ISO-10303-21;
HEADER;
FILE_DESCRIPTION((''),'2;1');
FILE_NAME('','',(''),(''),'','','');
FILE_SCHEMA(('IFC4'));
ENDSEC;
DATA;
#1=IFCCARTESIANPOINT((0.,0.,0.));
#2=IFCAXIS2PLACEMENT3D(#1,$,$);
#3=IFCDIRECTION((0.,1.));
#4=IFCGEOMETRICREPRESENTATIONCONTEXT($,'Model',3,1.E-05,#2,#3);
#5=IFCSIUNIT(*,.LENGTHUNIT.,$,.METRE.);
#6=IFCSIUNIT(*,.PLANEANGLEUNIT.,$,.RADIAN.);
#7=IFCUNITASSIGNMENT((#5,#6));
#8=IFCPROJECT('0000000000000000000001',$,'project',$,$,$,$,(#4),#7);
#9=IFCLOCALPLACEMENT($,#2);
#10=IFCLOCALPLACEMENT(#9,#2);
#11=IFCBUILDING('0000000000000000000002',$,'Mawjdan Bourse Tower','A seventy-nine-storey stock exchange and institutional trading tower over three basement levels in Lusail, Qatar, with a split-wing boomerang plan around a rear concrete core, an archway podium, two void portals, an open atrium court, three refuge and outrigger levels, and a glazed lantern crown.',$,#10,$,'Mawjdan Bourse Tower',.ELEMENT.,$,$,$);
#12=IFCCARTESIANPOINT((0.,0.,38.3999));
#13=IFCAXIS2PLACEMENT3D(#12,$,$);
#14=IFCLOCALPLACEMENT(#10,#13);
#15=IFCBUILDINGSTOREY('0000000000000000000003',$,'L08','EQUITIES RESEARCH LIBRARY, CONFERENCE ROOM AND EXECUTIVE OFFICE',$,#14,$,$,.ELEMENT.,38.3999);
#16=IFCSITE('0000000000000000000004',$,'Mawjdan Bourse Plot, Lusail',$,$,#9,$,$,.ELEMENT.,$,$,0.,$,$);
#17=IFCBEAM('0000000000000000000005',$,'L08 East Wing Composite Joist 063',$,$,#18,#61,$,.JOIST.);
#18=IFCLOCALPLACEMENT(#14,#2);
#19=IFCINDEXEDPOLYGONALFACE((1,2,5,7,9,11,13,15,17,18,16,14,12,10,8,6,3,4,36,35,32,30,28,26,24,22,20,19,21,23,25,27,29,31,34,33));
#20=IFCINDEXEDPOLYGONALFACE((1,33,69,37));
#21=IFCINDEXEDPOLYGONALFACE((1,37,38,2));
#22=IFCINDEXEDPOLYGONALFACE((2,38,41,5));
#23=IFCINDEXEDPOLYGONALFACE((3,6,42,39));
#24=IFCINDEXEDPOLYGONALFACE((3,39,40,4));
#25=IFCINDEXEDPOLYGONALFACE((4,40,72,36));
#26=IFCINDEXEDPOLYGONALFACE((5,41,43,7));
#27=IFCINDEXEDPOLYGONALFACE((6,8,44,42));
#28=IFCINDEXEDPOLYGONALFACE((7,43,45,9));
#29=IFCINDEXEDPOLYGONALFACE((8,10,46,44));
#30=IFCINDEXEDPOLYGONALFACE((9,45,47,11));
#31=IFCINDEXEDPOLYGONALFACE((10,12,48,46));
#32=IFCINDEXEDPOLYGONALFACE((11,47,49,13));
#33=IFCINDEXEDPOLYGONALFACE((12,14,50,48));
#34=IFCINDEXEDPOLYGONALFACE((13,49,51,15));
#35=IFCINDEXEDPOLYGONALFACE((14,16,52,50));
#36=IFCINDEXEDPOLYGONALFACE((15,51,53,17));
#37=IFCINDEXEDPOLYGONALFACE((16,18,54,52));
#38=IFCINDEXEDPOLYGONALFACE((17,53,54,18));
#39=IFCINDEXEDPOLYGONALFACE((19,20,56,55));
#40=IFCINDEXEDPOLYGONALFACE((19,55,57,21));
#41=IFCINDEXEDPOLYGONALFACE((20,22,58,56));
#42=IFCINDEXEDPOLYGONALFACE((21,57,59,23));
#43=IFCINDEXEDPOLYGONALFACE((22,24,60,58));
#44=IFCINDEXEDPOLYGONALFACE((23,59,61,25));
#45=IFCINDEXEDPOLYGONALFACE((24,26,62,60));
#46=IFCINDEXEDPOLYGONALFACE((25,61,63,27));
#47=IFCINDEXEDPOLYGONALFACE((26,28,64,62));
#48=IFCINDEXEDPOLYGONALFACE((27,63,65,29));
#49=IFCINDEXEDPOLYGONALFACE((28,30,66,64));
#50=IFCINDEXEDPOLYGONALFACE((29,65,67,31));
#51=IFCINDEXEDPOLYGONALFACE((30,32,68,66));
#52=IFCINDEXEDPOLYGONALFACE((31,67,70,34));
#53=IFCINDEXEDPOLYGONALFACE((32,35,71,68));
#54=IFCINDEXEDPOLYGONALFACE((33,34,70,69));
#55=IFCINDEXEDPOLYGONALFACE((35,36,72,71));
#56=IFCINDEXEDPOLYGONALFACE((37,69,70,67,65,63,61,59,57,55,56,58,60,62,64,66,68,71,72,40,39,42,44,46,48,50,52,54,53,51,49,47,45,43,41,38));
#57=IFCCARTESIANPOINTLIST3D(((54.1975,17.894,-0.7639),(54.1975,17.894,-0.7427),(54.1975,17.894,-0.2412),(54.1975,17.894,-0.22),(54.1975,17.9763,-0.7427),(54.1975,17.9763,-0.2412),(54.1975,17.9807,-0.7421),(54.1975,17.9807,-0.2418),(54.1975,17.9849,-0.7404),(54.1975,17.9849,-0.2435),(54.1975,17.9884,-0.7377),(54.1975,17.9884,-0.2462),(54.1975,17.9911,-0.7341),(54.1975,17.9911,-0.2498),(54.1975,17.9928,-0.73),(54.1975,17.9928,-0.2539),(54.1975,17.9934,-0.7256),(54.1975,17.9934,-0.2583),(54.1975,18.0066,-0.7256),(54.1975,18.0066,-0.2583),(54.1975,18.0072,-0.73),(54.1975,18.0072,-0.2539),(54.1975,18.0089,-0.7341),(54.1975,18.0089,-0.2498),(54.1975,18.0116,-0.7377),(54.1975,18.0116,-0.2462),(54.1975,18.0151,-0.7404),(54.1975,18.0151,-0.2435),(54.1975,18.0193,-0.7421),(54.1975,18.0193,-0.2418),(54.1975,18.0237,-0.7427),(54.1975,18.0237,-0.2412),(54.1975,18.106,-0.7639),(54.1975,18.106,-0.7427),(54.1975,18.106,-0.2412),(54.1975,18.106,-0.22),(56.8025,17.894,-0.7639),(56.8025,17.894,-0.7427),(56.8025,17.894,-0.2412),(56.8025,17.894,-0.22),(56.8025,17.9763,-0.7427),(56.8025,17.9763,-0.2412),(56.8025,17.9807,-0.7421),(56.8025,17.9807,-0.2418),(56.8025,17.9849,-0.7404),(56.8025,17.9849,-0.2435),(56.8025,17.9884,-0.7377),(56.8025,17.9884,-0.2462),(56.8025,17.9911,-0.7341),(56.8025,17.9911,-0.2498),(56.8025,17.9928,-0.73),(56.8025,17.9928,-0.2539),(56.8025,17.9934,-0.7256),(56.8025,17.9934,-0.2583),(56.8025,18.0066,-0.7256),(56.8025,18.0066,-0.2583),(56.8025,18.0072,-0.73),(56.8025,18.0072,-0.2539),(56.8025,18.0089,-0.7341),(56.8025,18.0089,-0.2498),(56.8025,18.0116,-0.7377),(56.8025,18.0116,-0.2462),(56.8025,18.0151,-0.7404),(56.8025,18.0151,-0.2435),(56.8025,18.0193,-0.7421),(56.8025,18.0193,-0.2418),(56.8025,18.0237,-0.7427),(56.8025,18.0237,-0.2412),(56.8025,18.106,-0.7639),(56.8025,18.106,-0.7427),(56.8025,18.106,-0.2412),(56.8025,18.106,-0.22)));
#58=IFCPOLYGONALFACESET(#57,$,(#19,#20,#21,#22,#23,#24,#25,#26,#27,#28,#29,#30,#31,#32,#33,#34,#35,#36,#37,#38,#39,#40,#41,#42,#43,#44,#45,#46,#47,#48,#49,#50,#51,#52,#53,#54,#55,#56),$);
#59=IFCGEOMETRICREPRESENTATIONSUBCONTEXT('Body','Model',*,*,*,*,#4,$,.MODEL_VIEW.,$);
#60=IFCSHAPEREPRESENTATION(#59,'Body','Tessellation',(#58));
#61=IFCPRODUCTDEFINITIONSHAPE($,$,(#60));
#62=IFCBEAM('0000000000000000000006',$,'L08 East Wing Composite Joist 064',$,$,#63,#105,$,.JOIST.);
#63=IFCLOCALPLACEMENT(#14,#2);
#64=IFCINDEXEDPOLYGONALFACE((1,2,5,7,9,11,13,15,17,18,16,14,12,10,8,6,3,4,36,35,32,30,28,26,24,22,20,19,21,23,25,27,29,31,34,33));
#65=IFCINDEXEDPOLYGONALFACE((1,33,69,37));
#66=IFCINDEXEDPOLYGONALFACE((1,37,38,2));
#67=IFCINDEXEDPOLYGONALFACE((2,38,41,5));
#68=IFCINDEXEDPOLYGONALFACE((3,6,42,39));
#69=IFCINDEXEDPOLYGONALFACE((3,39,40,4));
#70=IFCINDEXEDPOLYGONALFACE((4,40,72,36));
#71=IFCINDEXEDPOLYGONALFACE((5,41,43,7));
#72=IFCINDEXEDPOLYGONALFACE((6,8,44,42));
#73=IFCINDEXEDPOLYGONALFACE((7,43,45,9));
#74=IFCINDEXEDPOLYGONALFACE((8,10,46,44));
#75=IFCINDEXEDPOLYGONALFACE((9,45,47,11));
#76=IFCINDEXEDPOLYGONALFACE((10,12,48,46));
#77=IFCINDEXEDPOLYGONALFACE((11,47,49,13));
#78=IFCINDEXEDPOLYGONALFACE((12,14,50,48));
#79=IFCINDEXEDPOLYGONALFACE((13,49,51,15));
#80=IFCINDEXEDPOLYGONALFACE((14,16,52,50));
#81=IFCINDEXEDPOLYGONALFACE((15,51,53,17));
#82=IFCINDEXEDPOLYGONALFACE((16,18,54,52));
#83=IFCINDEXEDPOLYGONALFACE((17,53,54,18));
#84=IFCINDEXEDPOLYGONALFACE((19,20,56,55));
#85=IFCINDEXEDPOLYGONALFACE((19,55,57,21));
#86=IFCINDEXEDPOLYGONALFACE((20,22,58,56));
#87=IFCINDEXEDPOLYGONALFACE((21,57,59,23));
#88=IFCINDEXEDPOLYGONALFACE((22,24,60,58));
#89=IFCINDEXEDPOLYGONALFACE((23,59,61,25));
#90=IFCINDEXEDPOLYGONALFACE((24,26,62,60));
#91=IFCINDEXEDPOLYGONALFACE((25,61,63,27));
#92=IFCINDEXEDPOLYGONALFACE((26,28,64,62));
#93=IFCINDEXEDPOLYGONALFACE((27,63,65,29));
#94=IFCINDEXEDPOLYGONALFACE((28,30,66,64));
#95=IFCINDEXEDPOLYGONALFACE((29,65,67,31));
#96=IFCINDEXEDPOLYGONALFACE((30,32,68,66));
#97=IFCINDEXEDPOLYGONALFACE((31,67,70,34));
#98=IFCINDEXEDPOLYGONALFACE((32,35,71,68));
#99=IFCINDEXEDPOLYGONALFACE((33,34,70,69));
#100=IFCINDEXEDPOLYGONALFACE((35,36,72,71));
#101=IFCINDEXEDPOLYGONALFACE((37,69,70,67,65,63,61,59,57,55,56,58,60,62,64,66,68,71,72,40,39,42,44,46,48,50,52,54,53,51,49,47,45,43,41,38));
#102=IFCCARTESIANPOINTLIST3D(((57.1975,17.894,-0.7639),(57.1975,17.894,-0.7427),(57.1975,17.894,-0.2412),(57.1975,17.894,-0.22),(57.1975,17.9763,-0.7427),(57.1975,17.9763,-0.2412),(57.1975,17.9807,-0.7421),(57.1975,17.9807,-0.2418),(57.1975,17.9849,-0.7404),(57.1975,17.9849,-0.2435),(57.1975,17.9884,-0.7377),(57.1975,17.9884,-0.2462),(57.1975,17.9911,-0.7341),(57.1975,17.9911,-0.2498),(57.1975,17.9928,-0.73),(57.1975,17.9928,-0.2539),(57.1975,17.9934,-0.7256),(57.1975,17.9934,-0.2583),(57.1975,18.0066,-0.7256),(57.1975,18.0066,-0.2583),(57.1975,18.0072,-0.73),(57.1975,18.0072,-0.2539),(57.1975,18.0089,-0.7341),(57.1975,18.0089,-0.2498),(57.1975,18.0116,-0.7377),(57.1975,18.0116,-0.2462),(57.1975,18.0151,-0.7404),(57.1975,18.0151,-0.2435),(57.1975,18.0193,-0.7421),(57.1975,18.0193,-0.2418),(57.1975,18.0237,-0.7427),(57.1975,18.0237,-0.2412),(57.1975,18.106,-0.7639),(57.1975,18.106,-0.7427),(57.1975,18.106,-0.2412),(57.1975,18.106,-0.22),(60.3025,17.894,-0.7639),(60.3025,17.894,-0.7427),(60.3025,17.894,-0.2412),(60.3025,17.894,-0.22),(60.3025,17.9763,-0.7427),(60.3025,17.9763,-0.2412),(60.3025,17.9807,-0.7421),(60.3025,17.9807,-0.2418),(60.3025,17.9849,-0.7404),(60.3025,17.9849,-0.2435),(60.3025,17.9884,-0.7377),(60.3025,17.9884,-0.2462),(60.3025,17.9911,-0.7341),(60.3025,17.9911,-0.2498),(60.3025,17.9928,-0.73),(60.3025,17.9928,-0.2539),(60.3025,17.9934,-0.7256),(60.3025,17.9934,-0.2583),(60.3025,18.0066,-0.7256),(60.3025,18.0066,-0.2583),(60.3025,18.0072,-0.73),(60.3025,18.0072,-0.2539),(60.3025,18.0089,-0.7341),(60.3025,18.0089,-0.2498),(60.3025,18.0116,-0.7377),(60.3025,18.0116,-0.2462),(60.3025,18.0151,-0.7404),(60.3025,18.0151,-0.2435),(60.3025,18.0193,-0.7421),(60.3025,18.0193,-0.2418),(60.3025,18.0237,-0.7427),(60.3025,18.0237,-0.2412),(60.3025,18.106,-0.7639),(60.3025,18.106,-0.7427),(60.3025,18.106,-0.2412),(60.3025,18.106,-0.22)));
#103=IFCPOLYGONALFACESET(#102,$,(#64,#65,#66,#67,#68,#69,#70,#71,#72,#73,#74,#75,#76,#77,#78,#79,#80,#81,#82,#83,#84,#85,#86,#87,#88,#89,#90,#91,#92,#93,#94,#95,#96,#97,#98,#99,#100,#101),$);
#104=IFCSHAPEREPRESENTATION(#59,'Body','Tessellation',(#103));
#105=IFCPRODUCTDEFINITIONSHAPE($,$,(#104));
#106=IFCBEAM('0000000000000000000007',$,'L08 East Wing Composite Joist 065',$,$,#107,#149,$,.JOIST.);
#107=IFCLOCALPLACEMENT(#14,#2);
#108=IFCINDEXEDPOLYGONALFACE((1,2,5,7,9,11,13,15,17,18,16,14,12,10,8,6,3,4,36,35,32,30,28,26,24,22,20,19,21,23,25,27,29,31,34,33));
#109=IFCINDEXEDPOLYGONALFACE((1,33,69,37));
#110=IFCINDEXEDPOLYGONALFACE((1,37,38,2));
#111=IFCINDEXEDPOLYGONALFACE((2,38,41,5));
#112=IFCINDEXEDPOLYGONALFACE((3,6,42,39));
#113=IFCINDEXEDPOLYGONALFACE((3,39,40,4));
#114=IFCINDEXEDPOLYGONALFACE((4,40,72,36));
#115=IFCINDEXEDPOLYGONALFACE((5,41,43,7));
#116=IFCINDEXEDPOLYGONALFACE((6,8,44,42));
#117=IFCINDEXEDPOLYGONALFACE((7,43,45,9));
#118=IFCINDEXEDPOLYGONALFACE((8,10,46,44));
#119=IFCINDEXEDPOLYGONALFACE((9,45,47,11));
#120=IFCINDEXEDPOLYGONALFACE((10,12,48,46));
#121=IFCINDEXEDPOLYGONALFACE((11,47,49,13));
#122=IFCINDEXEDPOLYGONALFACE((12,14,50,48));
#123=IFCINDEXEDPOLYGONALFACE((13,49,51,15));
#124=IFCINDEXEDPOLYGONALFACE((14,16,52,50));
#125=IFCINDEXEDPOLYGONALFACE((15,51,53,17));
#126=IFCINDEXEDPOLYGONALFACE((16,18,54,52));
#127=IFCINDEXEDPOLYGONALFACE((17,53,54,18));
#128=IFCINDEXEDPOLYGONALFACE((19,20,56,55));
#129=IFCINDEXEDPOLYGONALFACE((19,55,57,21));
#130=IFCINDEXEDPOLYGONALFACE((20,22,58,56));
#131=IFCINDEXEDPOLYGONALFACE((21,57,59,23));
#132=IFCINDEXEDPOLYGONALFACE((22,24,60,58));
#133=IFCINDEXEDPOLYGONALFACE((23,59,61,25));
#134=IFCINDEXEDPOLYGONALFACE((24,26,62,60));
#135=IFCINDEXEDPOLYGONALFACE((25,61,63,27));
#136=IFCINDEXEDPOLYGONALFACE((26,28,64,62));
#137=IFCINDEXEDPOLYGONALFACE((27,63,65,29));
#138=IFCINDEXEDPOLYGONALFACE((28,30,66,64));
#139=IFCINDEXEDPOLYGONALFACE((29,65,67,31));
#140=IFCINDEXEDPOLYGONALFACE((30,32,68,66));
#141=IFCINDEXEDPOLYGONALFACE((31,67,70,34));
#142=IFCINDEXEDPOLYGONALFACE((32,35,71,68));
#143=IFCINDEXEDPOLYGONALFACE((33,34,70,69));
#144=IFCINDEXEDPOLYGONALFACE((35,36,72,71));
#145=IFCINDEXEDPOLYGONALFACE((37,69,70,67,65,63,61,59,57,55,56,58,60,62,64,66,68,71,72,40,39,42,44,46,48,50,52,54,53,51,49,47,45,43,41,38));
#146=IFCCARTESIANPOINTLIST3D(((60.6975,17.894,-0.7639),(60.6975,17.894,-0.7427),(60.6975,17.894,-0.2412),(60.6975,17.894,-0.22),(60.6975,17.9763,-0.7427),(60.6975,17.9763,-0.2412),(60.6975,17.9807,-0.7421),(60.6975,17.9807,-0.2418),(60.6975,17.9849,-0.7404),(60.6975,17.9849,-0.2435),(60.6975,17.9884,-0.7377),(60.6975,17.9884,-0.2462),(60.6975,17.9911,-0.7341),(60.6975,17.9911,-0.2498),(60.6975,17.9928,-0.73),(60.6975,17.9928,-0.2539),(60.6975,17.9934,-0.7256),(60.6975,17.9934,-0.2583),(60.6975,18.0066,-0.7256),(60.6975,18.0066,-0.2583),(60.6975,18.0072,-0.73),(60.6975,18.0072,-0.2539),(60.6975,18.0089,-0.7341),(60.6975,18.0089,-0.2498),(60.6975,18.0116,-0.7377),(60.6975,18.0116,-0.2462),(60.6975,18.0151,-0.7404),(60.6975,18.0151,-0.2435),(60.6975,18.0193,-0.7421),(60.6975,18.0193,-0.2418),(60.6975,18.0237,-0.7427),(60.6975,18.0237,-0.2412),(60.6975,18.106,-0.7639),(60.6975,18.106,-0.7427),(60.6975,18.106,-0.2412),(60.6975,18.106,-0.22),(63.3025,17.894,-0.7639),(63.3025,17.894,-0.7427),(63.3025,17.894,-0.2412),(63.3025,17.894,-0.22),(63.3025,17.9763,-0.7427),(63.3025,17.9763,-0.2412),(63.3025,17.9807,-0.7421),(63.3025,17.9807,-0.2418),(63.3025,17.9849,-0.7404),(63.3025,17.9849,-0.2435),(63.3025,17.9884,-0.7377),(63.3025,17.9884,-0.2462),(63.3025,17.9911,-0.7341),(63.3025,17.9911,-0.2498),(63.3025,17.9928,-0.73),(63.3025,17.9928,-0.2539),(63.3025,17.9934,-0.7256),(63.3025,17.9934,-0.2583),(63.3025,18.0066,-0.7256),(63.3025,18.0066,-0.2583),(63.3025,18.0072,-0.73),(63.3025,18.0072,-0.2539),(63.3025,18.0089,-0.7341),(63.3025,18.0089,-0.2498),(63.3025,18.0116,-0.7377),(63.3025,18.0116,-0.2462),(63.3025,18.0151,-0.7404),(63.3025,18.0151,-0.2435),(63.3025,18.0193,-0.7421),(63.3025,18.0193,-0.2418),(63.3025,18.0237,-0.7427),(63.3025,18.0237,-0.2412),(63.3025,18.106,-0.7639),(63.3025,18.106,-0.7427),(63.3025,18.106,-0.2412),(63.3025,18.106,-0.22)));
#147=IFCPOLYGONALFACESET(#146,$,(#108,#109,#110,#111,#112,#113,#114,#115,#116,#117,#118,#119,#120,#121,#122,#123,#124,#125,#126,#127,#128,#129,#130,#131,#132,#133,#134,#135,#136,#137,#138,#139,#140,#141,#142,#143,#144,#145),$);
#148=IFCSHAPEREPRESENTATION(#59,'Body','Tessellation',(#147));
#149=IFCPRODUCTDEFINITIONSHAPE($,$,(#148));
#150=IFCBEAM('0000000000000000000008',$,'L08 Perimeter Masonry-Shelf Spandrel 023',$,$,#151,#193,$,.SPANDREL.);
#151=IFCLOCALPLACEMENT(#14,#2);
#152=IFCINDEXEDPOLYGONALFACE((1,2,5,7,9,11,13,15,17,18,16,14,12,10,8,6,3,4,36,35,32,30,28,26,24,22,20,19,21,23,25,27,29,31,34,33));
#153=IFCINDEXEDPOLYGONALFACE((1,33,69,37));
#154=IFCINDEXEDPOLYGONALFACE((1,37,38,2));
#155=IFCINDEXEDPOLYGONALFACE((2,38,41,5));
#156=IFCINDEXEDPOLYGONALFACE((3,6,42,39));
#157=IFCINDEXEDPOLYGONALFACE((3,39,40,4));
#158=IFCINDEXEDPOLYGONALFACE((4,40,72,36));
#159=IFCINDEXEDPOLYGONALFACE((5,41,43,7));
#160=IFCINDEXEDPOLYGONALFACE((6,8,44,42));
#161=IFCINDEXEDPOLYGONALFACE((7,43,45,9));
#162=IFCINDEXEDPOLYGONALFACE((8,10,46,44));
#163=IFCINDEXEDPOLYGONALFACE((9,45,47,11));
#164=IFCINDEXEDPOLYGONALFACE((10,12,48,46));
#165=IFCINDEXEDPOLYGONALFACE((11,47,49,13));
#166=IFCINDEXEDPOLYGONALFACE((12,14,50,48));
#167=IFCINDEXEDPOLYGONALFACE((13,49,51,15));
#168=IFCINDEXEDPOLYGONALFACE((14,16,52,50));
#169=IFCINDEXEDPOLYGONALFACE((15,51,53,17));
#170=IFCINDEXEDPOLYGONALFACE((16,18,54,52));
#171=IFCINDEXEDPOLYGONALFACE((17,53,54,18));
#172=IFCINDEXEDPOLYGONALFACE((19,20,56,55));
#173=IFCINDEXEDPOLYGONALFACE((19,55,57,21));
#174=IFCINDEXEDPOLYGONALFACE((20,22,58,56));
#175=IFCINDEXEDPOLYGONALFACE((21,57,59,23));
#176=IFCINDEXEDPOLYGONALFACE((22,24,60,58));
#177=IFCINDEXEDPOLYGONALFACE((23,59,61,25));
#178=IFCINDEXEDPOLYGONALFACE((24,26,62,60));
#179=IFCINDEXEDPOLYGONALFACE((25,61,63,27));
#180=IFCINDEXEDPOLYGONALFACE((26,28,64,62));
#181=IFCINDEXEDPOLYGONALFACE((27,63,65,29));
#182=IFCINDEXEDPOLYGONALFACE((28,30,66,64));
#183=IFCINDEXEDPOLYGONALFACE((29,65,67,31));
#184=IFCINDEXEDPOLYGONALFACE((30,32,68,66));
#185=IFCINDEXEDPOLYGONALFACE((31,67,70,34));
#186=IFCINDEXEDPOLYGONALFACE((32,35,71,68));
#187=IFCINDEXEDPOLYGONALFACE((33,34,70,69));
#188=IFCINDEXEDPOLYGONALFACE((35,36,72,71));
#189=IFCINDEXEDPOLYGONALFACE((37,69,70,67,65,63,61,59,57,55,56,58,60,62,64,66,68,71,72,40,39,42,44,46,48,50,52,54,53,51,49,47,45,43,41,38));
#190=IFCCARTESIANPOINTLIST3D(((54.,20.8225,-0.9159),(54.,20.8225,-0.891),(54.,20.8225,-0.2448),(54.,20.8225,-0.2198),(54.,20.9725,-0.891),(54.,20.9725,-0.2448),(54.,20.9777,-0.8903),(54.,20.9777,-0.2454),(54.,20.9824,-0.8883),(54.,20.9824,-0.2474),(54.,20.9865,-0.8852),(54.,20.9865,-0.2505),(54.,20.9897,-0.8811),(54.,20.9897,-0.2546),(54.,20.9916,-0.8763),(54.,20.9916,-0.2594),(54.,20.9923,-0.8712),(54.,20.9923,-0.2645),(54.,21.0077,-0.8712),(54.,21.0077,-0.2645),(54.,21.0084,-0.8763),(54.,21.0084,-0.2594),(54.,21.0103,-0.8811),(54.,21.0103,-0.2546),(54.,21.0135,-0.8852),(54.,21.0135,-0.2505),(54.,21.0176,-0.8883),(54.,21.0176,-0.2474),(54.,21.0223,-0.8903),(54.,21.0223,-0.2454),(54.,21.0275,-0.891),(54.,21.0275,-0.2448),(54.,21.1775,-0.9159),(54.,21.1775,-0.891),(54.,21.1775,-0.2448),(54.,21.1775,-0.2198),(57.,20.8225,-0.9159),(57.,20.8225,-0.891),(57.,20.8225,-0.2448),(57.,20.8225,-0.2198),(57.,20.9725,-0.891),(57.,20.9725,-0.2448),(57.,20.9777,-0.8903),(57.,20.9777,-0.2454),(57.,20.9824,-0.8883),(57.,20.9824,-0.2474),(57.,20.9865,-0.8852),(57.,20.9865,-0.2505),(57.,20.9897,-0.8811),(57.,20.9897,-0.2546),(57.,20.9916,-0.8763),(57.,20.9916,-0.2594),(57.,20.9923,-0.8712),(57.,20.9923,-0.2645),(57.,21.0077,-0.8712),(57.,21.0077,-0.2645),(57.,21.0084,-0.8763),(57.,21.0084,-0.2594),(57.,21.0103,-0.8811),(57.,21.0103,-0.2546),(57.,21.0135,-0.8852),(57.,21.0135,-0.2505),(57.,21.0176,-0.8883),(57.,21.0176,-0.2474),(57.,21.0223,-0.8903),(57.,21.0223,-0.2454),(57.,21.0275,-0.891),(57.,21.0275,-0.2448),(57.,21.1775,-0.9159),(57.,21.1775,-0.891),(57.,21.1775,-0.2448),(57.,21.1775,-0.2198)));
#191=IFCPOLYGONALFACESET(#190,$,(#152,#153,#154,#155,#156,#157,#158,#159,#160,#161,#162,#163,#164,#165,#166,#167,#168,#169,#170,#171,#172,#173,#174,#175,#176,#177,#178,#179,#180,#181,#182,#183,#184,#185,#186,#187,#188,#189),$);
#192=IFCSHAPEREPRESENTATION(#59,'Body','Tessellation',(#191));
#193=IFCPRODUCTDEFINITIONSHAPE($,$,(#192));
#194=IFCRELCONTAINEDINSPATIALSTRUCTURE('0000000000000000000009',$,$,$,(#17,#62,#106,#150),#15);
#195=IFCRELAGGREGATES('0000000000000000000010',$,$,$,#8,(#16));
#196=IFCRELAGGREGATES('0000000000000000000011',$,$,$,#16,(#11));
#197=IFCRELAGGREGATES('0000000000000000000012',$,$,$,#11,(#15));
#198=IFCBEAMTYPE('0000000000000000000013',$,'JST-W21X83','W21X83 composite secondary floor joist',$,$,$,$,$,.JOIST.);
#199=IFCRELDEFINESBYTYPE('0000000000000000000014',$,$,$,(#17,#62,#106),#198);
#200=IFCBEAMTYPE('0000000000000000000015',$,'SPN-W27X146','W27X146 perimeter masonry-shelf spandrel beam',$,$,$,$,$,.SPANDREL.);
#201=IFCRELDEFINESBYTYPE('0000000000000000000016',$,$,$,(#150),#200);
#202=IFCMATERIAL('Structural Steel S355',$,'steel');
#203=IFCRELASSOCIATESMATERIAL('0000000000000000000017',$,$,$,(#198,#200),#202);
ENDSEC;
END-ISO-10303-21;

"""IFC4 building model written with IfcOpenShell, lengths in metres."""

from ifc_helpers import new_model, si_unit, direction, frame, origin, origin_2d, place, context, subcontext, project, spatial, i_section, extrude, material, material_profile, profile_set, type_object, element, save


model = new_model("IFC4")

# Units and contexts
model_context = context("Model", 3, precision=1e-05, world=origin(), true_north=direction((0.0, 1.0)))
body_context = subcontext(model_context, "Body", "Model", "MODEL_VIEW")
ifc_project = project(units=[si_unit("LENGTHUNIT", "METRE"), si_unit("PLANEANGLEUNIT", "RADIAN")], contexts=[model_context])

# Site, building, storey
site_placement = place(None, origin())
site = spatial("IfcSite", under=ifc_project, at=site_placement, Name="Mawjdan Bourse Plot, Lusail", CompositionType="ELEMENT", RefElevation=0.0)
building_placement = place(site_placement, origin())
building = spatial("IfcBuilding", under=site, at=building_placement, Name="Mawjdan Bourse Tower", Description="A seventy-nine-storey stock exchange and institutional trading tower over three basement levels in Lusail, Qatar, with a split-wing boomerang plan around a rear concrete core, an archway podium, two void portals, an open atrium court, three refuge and outrigger levels, and a glazed lantern crown.", LongName="Mawjdan Bourse Tower", CompositionType="ELEMENT")
storey_placement = place(building_placement, frame((0.0, 0.0, 38.3999)))
storey = spatial("IfcBuildingStorey", under=building, at=storey_placement, Name="L08", Description="EQUITIES RESEARCH LIBRARY, CONFERENCE ROOM AND EXECUTIVE OFFICE", CompositionType="ELEMENT", Elevation=38.3999)

# Beams
ifc_material_1 = material(Name="Structural Steel S355", Category="steel")
ifc_material_profile_1 = material_profile(ifc_material_1, i_section(OverallWidth=0.2119, OverallDepth=0.5439, WebThickness=0.0132, FlangeThickness=0.0212, FilletRadius=0.0171, at=origin_2d()), Name="W21X83")
ifc_profile_set_1 = profile_set([ifc_material_profile_1], Name="Structural Steel S355")
beam_type_1 = type_object("IfcBeamType", Name="JST-W21X83", Description="W21X83 composite secondary floor joist", PredefinedType="JOIST", material=ifc_profile_set_1)
for number, where, z_axis, x_axis, name in (
    (1, (54.1975, 18.0, -0.4919), (1.0, 0.0, 0.0), (0.0, 1.0, 0.0), "L08 East Wing Composite Joist 063"),
):
    element("IfcBeam", number, at=place(storey_placement, frame(where, z_axis=z_axis, x_axis=x_axis)), inside=storey, type_object=beam_type_1, Name=name, PredefinedType="JOIST", context=body_context, shape_type="SweptSolid", body=[
        extrude(i_section(OverallWidth=0.2119, OverallDepth=0.5439, WebThickness=0.0132, FlangeThickness=0.0212, FilletRadius=0.0171, at=origin_2d()), origin(), (0.0, 0.0, 1.0), 2.605),
    ])
beam_1_placement = place(storey_placement, frame((57.1975, 18.0, -0.4919), z_axis=(1.0, 0.0, 0.0), x_axis=(0.0, 1.0, 0.0)))
element("IfcBeam", 2, at=beam_1_placement, inside=storey, type_object=beam_type_1, Name="L08 East Wing Composite Joist 064", PredefinedType="JOIST", context=body_context, shape_type="SweptSolid", body=[
    extrude(i_section(OverallWidth=0.2119, OverallDepth=0.5439, WebThickness=0.0132, FlangeThickness=0.0212, FilletRadius=0.0171, at=origin_2d()), origin(), (0.0, 0.0, 1.0), 3.105),
])
beam_2_placement = place(storey_placement, frame((60.6975, 18.0, -0.4919), z_axis=(1.0, 0.0, 0.0), x_axis=(0.0, 1.0, 0.0)))
element("IfcBeam", 3, at=beam_2_placement, inside=storey, type_object=beam_type_1, Name="L08 East Wing Composite Joist 065", PredefinedType="JOIST", context=body_context, shape_type="SweptSolid", body=[
    extrude(i_section(OverallWidth=0.2119, OverallDepth=0.5439, WebThickness=0.0132, FlangeThickness=0.0212, FilletRadius=0.0171, at=origin_2d()), origin(), (0.0, 0.0, 1.0), 2.605),
])
ifc_material_profile_2 = material_profile(ifc_material_1, i_section(OverallWidth=0.355, OverallDepth=0.696, WebThickness=0.0154, FlangeThickness=0.0249, FilletRadius=0.0198, at=origin_2d()), Name="W27X146")
ifc_profile_set_2 = profile_set([ifc_material_profile_2], Name="Structural Steel S355")
beam_type_2 = type_object("IfcBeamType", Name="SPN-W27X146", Description="W27X146 perimeter masonry-shelf spandrel beam", PredefinedType="SPANDREL", material=ifc_profile_set_2)
beam_3_placement = place(storey_placement, frame((54.0, 21.0, -0.5679), z_axis=(1.0, 0.0, 0.0), x_axis=(0.0, 1.0, 0.0)))
element("IfcBeam", 4, at=beam_3_placement, inside=storey, type_object=beam_type_2, Name="L08 Perimeter Masonry-Shelf Spandrel 023", PredefinedType="SPANDREL", context=body_context, shape_type="SweptSolid", body=[
    extrude(i_section(OverallWidth=0.355, OverallDepth=0.696, WebThickness=0.0154, FlangeThickness=0.0249, FilletRadius=0.0198, at=origin_2d()), origin(), (0.0, 0.0, 1.0), 3.0),
])

save(model, "model.ifc")
